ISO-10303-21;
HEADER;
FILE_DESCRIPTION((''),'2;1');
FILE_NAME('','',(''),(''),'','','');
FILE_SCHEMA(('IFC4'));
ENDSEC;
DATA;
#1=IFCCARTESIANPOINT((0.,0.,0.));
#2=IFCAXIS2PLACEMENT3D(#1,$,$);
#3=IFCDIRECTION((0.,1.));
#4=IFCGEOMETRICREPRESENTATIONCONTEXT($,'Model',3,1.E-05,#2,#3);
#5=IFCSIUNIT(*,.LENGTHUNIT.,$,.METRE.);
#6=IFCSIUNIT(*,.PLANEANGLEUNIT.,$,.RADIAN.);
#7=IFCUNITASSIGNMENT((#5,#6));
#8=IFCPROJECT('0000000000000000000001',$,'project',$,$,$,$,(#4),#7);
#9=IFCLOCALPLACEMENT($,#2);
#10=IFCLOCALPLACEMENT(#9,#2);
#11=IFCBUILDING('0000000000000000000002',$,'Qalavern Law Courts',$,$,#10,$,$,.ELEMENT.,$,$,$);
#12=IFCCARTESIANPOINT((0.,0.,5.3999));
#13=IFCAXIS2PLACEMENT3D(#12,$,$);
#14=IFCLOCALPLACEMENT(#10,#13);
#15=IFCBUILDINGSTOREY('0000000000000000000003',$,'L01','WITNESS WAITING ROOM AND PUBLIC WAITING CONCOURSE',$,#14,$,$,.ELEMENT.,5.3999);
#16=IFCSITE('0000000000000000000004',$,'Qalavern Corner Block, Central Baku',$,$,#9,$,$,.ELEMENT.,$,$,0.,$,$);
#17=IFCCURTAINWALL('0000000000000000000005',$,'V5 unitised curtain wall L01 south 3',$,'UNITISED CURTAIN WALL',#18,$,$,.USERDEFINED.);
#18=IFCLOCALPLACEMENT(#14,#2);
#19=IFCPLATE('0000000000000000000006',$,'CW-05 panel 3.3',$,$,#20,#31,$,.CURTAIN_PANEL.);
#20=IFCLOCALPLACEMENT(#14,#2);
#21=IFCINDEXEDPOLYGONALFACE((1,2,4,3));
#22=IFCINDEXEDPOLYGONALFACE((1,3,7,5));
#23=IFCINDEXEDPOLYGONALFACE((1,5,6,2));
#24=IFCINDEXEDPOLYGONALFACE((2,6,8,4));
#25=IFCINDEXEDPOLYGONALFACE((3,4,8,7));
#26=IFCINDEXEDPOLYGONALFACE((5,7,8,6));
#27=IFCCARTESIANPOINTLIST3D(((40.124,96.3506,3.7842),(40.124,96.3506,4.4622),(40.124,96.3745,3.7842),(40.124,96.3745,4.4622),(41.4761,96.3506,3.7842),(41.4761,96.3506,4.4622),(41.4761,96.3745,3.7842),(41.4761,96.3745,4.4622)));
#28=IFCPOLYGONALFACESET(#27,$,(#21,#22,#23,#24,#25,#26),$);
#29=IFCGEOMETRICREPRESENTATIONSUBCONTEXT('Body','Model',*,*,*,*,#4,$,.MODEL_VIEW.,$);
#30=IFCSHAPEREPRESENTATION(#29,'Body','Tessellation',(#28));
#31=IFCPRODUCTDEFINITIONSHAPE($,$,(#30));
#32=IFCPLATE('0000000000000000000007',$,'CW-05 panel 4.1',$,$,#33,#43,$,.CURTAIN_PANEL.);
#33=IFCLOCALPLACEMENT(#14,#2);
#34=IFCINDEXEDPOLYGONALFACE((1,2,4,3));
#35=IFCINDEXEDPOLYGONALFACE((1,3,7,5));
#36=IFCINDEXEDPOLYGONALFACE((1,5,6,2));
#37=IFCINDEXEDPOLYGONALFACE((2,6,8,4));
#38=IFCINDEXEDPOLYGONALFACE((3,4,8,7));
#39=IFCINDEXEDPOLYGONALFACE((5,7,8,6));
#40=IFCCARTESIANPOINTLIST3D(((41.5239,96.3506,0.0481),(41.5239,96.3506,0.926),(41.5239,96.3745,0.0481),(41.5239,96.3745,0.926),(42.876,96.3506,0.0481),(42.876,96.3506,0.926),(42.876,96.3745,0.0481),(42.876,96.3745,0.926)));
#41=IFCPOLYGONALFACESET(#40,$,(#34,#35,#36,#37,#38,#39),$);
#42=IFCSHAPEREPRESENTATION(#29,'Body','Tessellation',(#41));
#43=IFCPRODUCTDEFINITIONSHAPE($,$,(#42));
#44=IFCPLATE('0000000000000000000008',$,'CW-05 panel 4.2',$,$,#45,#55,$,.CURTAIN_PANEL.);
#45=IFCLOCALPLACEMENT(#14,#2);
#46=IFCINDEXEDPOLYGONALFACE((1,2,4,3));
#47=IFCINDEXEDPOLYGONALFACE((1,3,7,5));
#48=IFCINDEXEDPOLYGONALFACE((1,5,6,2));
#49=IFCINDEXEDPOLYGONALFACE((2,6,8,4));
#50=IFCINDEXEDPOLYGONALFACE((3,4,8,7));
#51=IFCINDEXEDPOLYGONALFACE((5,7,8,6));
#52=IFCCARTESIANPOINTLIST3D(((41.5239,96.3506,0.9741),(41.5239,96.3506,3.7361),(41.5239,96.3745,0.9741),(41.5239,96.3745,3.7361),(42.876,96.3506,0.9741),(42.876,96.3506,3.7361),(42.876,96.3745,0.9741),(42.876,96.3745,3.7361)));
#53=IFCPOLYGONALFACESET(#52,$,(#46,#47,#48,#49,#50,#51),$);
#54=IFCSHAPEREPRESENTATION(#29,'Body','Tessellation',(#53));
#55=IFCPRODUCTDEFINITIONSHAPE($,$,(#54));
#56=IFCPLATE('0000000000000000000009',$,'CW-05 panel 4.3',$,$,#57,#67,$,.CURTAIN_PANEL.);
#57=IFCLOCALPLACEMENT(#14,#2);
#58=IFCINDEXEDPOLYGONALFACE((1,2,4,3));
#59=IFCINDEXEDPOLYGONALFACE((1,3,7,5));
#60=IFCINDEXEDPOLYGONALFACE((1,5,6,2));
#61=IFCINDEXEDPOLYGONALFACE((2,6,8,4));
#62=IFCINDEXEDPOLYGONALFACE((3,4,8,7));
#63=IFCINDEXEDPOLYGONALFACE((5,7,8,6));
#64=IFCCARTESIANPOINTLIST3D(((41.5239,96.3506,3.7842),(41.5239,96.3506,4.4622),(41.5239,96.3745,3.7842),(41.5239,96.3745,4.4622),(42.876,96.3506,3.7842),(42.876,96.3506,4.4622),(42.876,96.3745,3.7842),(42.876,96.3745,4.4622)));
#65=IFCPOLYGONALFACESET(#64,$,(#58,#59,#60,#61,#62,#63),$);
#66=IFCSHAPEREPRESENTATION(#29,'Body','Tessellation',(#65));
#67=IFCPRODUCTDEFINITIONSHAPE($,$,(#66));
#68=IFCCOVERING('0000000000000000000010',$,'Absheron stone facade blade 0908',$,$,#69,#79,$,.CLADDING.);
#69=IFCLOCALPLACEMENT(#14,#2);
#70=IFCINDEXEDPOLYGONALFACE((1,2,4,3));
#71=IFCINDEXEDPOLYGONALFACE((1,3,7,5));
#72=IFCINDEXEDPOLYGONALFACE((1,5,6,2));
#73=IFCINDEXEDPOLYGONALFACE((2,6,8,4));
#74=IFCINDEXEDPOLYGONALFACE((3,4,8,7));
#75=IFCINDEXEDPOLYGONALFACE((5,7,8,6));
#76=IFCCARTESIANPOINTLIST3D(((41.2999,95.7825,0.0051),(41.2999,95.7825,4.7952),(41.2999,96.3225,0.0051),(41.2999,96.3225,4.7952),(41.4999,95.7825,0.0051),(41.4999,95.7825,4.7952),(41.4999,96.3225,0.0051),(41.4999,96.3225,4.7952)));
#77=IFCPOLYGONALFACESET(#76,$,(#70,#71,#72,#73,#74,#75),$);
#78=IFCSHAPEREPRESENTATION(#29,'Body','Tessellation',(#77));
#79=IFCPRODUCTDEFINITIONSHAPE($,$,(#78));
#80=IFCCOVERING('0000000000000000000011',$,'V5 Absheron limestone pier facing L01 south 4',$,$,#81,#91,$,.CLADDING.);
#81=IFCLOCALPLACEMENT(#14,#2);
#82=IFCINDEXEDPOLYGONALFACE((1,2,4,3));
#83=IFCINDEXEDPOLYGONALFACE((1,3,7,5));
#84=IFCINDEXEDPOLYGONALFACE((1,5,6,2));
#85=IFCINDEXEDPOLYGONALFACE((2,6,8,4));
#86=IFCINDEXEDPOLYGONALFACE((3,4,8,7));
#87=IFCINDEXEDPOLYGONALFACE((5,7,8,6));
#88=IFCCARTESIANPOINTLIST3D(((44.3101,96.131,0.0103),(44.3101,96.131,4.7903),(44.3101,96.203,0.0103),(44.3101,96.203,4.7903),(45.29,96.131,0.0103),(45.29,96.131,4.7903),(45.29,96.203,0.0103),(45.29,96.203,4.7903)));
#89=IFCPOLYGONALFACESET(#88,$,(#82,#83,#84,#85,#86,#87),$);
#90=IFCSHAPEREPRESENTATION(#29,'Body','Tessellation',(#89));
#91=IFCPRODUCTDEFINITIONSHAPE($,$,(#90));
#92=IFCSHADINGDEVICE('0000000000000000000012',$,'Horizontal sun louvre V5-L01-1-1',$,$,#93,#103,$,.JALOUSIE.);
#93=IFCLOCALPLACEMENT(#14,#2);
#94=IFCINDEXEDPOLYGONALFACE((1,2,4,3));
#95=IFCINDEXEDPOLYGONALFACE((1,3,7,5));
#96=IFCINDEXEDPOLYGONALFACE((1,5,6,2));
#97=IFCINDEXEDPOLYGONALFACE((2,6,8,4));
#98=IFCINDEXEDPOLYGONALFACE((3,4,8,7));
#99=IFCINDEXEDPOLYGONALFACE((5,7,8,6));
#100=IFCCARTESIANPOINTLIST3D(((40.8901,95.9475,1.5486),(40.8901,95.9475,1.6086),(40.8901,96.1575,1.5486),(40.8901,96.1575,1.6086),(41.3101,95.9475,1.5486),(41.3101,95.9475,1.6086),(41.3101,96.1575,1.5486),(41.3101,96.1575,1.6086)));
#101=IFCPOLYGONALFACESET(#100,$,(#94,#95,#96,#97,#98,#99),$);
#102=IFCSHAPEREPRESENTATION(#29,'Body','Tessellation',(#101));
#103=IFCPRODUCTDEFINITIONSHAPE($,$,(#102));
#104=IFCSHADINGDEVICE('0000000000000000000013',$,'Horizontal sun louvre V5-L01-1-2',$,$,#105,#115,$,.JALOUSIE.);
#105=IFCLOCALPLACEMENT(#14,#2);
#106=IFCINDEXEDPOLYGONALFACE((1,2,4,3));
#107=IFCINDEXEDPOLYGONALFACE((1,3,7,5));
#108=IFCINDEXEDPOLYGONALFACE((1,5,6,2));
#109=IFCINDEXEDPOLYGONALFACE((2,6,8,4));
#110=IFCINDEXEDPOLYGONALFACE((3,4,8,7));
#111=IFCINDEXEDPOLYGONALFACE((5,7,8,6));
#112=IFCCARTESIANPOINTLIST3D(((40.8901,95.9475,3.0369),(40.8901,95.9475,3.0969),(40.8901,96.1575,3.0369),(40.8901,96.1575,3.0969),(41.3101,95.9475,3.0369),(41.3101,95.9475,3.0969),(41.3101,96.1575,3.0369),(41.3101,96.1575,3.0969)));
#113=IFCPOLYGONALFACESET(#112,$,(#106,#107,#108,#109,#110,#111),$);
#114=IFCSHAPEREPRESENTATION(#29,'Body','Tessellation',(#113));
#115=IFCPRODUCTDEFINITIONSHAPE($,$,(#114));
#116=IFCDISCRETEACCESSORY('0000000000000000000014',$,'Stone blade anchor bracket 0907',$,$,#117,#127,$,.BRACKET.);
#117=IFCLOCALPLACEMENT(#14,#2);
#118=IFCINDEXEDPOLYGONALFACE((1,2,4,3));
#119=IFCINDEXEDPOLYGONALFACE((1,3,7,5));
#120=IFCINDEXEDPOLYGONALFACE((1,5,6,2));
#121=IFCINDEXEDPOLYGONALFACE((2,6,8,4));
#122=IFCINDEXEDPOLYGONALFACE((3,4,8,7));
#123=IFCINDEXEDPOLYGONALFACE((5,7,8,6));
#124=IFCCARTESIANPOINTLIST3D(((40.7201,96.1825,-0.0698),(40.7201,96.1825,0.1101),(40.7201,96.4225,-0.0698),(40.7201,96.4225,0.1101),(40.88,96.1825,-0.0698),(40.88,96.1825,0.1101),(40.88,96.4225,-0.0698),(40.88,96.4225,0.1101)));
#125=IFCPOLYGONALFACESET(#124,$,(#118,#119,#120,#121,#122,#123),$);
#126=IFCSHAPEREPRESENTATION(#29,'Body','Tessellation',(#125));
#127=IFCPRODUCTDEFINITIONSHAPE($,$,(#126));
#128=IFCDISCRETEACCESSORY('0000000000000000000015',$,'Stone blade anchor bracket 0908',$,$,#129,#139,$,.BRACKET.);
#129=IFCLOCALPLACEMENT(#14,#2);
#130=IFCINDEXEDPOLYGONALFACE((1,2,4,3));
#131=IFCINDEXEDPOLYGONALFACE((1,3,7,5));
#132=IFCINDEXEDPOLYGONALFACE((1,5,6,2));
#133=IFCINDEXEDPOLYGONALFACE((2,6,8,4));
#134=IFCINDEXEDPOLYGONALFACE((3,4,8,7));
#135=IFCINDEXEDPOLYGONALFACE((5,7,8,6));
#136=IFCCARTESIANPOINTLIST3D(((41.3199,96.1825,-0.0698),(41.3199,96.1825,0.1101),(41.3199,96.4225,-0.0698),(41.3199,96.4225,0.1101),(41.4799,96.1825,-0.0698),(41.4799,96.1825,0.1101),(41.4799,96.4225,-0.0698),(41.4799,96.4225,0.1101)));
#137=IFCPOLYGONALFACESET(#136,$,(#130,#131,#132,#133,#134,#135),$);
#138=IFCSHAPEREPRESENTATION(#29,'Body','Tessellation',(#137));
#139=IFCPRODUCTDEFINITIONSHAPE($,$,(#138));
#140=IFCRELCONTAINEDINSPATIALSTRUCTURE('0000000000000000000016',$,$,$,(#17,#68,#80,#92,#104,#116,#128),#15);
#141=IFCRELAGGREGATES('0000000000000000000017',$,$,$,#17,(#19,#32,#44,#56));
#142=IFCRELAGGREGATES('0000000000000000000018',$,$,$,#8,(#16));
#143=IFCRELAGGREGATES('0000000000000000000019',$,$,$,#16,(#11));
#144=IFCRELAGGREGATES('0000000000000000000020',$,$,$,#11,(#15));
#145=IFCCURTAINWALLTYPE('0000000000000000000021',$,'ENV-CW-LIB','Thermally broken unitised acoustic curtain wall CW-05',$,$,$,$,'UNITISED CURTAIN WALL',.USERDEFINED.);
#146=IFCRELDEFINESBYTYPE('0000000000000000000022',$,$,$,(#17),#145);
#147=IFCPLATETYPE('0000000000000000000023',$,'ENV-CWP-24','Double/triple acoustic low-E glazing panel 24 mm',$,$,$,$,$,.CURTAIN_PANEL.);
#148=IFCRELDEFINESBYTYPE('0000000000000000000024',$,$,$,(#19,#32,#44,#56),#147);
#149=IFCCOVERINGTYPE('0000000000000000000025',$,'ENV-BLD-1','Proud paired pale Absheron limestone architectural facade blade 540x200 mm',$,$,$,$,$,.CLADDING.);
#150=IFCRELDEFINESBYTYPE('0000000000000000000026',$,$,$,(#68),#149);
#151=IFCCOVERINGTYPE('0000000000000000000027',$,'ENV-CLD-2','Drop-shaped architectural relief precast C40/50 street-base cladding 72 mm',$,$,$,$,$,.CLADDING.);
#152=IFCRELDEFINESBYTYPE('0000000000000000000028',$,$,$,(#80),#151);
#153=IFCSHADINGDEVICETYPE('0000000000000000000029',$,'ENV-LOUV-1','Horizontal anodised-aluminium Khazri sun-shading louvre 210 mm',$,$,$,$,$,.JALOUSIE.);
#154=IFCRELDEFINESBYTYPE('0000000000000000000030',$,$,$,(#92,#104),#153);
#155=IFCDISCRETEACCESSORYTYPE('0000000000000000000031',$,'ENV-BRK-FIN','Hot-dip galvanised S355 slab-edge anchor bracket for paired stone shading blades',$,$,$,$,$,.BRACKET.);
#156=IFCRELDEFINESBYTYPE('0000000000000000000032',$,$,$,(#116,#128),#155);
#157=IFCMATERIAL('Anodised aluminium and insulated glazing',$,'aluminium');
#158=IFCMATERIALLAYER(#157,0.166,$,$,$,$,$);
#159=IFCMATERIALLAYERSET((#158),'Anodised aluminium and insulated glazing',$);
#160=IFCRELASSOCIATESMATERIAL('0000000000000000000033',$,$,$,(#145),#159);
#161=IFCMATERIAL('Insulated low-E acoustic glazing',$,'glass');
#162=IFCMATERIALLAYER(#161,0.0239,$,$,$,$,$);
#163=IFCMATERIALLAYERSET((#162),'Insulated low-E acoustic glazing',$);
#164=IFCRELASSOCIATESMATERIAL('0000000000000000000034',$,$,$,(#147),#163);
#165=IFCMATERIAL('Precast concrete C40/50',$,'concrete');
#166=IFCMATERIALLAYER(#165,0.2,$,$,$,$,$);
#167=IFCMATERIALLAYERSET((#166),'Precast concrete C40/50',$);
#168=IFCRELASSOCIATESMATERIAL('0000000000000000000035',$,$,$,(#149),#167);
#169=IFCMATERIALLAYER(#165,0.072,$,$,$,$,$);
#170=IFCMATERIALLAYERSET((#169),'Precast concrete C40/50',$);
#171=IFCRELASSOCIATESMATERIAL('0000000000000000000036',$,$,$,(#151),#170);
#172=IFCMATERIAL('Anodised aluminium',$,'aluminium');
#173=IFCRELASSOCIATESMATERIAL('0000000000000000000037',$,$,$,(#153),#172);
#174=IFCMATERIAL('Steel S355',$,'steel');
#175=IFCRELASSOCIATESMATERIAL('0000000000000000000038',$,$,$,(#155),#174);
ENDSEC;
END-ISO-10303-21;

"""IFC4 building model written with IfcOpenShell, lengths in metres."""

from ifc_helpers import new_model, si_unit, direction, frame, origin, origin_2d, place, context, subcontext, project, spatial, rectangle, extrude, material, layer, layer_set, type_object, element, aggregate, save


model = new_model("IFC4")

# Units and contexts
model_context = context("Model", 3, precision=1e-05, world=origin(), true_north=direction((0.0, 1.0)))
body_context = subcontext(model_context, "Body", "Model", "MODEL_VIEW")
ifc_project = project(units=[si_unit("LENGTHUNIT", "METRE"), si_unit("PLANEANGLEUNIT", "RADIAN")], contexts=[model_context])

# Site, building, storey
site_placement = place(None, origin())
site = spatial("IfcSite", under=ifc_project, at=site_placement, Name="Qalavern Corner Block, Central Baku", CompositionType="ELEMENT", RefElevation=0.0)
building_placement = place(site_placement, origin())
building = spatial("IfcBuilding", under=site, at=building_placement, Name="Qalavern Law Courts", CompositionType="ELEMENT")
storey_placement = place(building_placement, frame((0.0, 0.0, 5.3999)))
storey = spatial("IfcBuildingStorey", under=building, at=storey_placement, Name="L01", Description="WITNESS WAITING ROOM AND PUBLIC WAITING CONCOURSE", CompositionType="ELEMENT", Elevation=5.3999)

# Curtain wall, plates
ifc_material_1 = material(Name="Anodised aluminium and insulated glazing", Category="aluminium")
ifc_layer_1 = layer(ifc_material_1, 0.166)
ifc_layer_set_1 = layer_set([ifc_layer_1], Name="Anodised aluminium and insulated glazing")
curtain_wall_type = type_object("IfcCurtainWallType", Name="ENV-CW-LIB", Description="Thermally broken unitised acoustic curtain wall CW-05", ElementType="UNITISED CURTAIN WALL", PredefinedType="USERDEFINED", material=ifc_layer_set_1)
curtain_wall_placement = place(storey_placement, origin())
curtain_wall = element("IfcCurtainWall", 1, at=curtain_wall_placement, inside=storey, type_object=curtain_wall_type, Name="V5 unitised curtain wall L01 south 3", ObjectType="UNITISED CURTAIN WALL", PredefinedType="USERDEFINED")
ifc_material_2 = material(Name="Anodised aluminium", Category="aluminium")
ifc_material_3 = material(Name="Insulated low-E acoustic glazing", Category="glass")
ifc_layer_2 = layer(ifc_material_3, 0.0239)
ifc_layer_set_2 = layer_set([ifc_layer_2], Name="Insulated low-E acoustic glazing")
plate_type = type_object("IfcPlateType", Name="ENV-CWP-24", Description="Double/triple acoustic low-E glazing panel 24 mm", PredefinedType="CURTAIN_PANEL", material=ifc_layer_set_2)
plate_1_placement = place(storey_placement, frame((40.8, 96.3625, 3.7842), z_axis=(0.0, 0.0, 1.0), x_axis=(1.0, 0.0, 0.0)))
plate_1 = element("IfcPlate", 2, at=plate_1_placement, type_object=plate_type, Name="CW-05 panel 3.3", PredefinedType="CURTAIN_PANEL", context=body_context, shape_type="SweptSolid", body=[
    extrude(rectangle(XDim=1.3521, YDim=0.0239, at=origin_2d()), origin(), (0.0, 0.0, 1.0), 0.678),
])
plate_2_placement = place(storey_placement, frame((42.2, 96.3625, 0.0481), z_axis=(0.0, 0.0, 1.0), x_axis=(1.0, 0.0, 0.0)))
plate_2 = element("IfcPlate", 3, at=plate_2_placement, type_object=plate_type, Name="CW-05 panel 4.1", PredefinedType="CURTAIN_PANEL", context=body_context, shape_type="SweptSolid", body=[
    extrude(rectangle(XDim=1.3521, YDim=0.0239, at=origin_2d()), origin(), (0.0, 0.0, 1.0), 0.8779),
])
plate_3_placement = place(storey_placement, frame((42.2, 96.3625, 0.9741), z_axis=(0.0, 0.0, 1.0), x_axis=(1.0, 0.0, 0.0)))
plate_3 = element("IfcPlate", 4, at=plate_3_placement, type_object=plate_type, Name="CW-05 panel 4.2", PredefinedType="CURTAIN_PANEL", context=body_context, shape_type="SweptSolid", body=[
    extrude(rectangle(XDim=1.3521, YDim=0.0239, at=origin_2d()), origin(), (0.0, 0.0, 1.0), 2.762),
])
plate_4_placement = place(storey_placement, frame((42.2, 96.3625, 3.7842), z_axis=(0.0, 0.0, 1.0), x_axis=(1.0, 0.0, 0.0)))
plate_4 = element("IfcPlate", 5, at=plate_4_placement, type_object=plate_type, Name="CW-05 panel 4.3", PredefinedType="CURTAIN_PANEL", context=body_context, shape_type="SweptSolid", body=[
    extrude(rectangle(XDim=1.3521, YDim=0.0239, at=origin_2d()), origin(), (0.0, 0.0, 1.0), 0.678),
])
aggregate(curtain_wall, [plate_1, plate_2, plate_3, plate_4])

# Coverings
ifc_material_4 = material(Name="Precast concrete C40/50", Category="concrete")
ifc_layer_3 = layer(ifc_material_4, 0.2)
ifc_layer_set_3 = layer_set([ifc_layer_3], Name="Precast concrete C40/50")
covering_type_1 = type_object("IfcCoveringType", Name="ENV-BLD-1", Description="Proud paired pale Absheron limestone architectural facade blade 540x200 mm", PredefinedType="CLADDING", material=ifc_layer_set_3)
covering_1_placement = place(storey_placement, frame((41.3999, 96.0525, 0.0051), z_axis=(0.0, 0.0, 1.0), x_axis=(0.0, -1.0, 0.0)))
element("IfcCovering", 6, at=covering_1_placement, inside=storey, type_object=covering_type_1, Name="Absheron stone facade blade 0908", PredefinedType="CLADDING", context=body_context, shape_type="SweptSolid", body=[
    extrude(rectangle(XDim=0.54, YDim=0.2, at=origin_2d()), origin(), (0.0, 0.0, 1.0), 4.79),
])
ifc_layer_4 = layer(ifc_material_4, 0.072)
ifc_layer_set_4 = layer_set([ifc_layer_4], Name="Precast concrete C40/50")
covering_type_2 = type_object("IfcCoveringType", Name="ENV-CLD-2", Description="Drop-shaped architectural relief precast C40/50 street-base cladding 72 mm", PredefinedType="CLADDING", material=ifc_layer_set_4)
covering_2_placement = place(storey_placement, frame((44.8, 96.167, 0.0103), z_axis=(0.0, 0.0, 1.0), x_axis=(1.0, 0.0, 0.0)))
element("IfcCovering", 7, at=covering_2_placement, inside=storey, type_object=covering_type_2, Name="V5 Absheron limestone pier facing L01 south 4", PredefinedType="CLADDING", context=body_context, shape_type="SweptSolid", body=[
    extrude(rectangle(XDim=0.98, YDim=0.072, at=origin_2d()), origin(), (0.0, 0.0, 1.0), 4.78),
])

# Shading devices
shading_device_type = type_object("IfcShadingDeviceType", Name="ENV-LOUV-1", Description="Horizontal anodised-aluminium Khazri sun-shading louvre 210 mm", PredefinedType="JALOUSIE", material=ifc_material_2)
for number, where, z_axis, x_axis, name in (
    (8, (41.1001, 96.0525, 1.5486), (0.0, 0.0, 1.0), (1.0, 0.0, 0.0), "Horizontal sun louvre V5-L01-1-1"),
    (9, (41.1001, 96.0525, 3.0369), (0.0, 0.0, 1.0), (1.0, 0.0, 0.0), "Horizontal sun louvre V5-L01-1-2"),
):
    element("IfcShadingDevice", number, at=place(storey_placement, frame(where, z_axis=z_axis, x_axis=x_axis)), inside=storey, type_object=shading_device_type, Name=name, PredefinedType="JALOUSIE", context=body_context, shape_type="SweptSolid", body=[
        extrude(rectangle(XDim=0.4199, YDim=0.21, at=origin_2d()), origin(), (0.0, 0.0, 1.0), 0.0601),
    ])

# Discrete accessories
ifc_material_5 = material(Name="Steel S355", Category="steel")
discrete_accessory_type = type_object("IfcDiscreteAccessoryType", Name="ENV-BRK-FIN", Description="Hot-dip galvanised S355 slab-edge anchor bracket for paired stone shading blades", PredefinedType="BRACKET", material=ifc_material_5)
for number, where, z_axis, x_axis, name in (
    (10, (40.8, 96.3025, -0.0698), (0.0, 0.0, 1.0), (0.0, -1.0, 0.0), "Stone blade anchor bracket 0907"),
    (11, (41.3999, 96.3025, -0.0698), (0.0, 0.0, 1.0), (0.0, -1.0, 0.0), "Stone blade anchor bracket 0908"),
):
    element("IfcDiscreteAccessory", number, at=place(storey_placement, frame(where, z_axis=z_axis, x_axis=x_axis)), inside=storey, type_object=discrete_accessory_type, Name=name, PredefinedType="BRACKET", context=body_context, shape_type="SweptSolid", body=[
        extrude(rectangle(XDim=0.24, YDim=0.1599, at=origin_2d()), origin(), (0.0, 0.0, 1.0), 0.1799),
    ])

save(model, "model.ifc")
